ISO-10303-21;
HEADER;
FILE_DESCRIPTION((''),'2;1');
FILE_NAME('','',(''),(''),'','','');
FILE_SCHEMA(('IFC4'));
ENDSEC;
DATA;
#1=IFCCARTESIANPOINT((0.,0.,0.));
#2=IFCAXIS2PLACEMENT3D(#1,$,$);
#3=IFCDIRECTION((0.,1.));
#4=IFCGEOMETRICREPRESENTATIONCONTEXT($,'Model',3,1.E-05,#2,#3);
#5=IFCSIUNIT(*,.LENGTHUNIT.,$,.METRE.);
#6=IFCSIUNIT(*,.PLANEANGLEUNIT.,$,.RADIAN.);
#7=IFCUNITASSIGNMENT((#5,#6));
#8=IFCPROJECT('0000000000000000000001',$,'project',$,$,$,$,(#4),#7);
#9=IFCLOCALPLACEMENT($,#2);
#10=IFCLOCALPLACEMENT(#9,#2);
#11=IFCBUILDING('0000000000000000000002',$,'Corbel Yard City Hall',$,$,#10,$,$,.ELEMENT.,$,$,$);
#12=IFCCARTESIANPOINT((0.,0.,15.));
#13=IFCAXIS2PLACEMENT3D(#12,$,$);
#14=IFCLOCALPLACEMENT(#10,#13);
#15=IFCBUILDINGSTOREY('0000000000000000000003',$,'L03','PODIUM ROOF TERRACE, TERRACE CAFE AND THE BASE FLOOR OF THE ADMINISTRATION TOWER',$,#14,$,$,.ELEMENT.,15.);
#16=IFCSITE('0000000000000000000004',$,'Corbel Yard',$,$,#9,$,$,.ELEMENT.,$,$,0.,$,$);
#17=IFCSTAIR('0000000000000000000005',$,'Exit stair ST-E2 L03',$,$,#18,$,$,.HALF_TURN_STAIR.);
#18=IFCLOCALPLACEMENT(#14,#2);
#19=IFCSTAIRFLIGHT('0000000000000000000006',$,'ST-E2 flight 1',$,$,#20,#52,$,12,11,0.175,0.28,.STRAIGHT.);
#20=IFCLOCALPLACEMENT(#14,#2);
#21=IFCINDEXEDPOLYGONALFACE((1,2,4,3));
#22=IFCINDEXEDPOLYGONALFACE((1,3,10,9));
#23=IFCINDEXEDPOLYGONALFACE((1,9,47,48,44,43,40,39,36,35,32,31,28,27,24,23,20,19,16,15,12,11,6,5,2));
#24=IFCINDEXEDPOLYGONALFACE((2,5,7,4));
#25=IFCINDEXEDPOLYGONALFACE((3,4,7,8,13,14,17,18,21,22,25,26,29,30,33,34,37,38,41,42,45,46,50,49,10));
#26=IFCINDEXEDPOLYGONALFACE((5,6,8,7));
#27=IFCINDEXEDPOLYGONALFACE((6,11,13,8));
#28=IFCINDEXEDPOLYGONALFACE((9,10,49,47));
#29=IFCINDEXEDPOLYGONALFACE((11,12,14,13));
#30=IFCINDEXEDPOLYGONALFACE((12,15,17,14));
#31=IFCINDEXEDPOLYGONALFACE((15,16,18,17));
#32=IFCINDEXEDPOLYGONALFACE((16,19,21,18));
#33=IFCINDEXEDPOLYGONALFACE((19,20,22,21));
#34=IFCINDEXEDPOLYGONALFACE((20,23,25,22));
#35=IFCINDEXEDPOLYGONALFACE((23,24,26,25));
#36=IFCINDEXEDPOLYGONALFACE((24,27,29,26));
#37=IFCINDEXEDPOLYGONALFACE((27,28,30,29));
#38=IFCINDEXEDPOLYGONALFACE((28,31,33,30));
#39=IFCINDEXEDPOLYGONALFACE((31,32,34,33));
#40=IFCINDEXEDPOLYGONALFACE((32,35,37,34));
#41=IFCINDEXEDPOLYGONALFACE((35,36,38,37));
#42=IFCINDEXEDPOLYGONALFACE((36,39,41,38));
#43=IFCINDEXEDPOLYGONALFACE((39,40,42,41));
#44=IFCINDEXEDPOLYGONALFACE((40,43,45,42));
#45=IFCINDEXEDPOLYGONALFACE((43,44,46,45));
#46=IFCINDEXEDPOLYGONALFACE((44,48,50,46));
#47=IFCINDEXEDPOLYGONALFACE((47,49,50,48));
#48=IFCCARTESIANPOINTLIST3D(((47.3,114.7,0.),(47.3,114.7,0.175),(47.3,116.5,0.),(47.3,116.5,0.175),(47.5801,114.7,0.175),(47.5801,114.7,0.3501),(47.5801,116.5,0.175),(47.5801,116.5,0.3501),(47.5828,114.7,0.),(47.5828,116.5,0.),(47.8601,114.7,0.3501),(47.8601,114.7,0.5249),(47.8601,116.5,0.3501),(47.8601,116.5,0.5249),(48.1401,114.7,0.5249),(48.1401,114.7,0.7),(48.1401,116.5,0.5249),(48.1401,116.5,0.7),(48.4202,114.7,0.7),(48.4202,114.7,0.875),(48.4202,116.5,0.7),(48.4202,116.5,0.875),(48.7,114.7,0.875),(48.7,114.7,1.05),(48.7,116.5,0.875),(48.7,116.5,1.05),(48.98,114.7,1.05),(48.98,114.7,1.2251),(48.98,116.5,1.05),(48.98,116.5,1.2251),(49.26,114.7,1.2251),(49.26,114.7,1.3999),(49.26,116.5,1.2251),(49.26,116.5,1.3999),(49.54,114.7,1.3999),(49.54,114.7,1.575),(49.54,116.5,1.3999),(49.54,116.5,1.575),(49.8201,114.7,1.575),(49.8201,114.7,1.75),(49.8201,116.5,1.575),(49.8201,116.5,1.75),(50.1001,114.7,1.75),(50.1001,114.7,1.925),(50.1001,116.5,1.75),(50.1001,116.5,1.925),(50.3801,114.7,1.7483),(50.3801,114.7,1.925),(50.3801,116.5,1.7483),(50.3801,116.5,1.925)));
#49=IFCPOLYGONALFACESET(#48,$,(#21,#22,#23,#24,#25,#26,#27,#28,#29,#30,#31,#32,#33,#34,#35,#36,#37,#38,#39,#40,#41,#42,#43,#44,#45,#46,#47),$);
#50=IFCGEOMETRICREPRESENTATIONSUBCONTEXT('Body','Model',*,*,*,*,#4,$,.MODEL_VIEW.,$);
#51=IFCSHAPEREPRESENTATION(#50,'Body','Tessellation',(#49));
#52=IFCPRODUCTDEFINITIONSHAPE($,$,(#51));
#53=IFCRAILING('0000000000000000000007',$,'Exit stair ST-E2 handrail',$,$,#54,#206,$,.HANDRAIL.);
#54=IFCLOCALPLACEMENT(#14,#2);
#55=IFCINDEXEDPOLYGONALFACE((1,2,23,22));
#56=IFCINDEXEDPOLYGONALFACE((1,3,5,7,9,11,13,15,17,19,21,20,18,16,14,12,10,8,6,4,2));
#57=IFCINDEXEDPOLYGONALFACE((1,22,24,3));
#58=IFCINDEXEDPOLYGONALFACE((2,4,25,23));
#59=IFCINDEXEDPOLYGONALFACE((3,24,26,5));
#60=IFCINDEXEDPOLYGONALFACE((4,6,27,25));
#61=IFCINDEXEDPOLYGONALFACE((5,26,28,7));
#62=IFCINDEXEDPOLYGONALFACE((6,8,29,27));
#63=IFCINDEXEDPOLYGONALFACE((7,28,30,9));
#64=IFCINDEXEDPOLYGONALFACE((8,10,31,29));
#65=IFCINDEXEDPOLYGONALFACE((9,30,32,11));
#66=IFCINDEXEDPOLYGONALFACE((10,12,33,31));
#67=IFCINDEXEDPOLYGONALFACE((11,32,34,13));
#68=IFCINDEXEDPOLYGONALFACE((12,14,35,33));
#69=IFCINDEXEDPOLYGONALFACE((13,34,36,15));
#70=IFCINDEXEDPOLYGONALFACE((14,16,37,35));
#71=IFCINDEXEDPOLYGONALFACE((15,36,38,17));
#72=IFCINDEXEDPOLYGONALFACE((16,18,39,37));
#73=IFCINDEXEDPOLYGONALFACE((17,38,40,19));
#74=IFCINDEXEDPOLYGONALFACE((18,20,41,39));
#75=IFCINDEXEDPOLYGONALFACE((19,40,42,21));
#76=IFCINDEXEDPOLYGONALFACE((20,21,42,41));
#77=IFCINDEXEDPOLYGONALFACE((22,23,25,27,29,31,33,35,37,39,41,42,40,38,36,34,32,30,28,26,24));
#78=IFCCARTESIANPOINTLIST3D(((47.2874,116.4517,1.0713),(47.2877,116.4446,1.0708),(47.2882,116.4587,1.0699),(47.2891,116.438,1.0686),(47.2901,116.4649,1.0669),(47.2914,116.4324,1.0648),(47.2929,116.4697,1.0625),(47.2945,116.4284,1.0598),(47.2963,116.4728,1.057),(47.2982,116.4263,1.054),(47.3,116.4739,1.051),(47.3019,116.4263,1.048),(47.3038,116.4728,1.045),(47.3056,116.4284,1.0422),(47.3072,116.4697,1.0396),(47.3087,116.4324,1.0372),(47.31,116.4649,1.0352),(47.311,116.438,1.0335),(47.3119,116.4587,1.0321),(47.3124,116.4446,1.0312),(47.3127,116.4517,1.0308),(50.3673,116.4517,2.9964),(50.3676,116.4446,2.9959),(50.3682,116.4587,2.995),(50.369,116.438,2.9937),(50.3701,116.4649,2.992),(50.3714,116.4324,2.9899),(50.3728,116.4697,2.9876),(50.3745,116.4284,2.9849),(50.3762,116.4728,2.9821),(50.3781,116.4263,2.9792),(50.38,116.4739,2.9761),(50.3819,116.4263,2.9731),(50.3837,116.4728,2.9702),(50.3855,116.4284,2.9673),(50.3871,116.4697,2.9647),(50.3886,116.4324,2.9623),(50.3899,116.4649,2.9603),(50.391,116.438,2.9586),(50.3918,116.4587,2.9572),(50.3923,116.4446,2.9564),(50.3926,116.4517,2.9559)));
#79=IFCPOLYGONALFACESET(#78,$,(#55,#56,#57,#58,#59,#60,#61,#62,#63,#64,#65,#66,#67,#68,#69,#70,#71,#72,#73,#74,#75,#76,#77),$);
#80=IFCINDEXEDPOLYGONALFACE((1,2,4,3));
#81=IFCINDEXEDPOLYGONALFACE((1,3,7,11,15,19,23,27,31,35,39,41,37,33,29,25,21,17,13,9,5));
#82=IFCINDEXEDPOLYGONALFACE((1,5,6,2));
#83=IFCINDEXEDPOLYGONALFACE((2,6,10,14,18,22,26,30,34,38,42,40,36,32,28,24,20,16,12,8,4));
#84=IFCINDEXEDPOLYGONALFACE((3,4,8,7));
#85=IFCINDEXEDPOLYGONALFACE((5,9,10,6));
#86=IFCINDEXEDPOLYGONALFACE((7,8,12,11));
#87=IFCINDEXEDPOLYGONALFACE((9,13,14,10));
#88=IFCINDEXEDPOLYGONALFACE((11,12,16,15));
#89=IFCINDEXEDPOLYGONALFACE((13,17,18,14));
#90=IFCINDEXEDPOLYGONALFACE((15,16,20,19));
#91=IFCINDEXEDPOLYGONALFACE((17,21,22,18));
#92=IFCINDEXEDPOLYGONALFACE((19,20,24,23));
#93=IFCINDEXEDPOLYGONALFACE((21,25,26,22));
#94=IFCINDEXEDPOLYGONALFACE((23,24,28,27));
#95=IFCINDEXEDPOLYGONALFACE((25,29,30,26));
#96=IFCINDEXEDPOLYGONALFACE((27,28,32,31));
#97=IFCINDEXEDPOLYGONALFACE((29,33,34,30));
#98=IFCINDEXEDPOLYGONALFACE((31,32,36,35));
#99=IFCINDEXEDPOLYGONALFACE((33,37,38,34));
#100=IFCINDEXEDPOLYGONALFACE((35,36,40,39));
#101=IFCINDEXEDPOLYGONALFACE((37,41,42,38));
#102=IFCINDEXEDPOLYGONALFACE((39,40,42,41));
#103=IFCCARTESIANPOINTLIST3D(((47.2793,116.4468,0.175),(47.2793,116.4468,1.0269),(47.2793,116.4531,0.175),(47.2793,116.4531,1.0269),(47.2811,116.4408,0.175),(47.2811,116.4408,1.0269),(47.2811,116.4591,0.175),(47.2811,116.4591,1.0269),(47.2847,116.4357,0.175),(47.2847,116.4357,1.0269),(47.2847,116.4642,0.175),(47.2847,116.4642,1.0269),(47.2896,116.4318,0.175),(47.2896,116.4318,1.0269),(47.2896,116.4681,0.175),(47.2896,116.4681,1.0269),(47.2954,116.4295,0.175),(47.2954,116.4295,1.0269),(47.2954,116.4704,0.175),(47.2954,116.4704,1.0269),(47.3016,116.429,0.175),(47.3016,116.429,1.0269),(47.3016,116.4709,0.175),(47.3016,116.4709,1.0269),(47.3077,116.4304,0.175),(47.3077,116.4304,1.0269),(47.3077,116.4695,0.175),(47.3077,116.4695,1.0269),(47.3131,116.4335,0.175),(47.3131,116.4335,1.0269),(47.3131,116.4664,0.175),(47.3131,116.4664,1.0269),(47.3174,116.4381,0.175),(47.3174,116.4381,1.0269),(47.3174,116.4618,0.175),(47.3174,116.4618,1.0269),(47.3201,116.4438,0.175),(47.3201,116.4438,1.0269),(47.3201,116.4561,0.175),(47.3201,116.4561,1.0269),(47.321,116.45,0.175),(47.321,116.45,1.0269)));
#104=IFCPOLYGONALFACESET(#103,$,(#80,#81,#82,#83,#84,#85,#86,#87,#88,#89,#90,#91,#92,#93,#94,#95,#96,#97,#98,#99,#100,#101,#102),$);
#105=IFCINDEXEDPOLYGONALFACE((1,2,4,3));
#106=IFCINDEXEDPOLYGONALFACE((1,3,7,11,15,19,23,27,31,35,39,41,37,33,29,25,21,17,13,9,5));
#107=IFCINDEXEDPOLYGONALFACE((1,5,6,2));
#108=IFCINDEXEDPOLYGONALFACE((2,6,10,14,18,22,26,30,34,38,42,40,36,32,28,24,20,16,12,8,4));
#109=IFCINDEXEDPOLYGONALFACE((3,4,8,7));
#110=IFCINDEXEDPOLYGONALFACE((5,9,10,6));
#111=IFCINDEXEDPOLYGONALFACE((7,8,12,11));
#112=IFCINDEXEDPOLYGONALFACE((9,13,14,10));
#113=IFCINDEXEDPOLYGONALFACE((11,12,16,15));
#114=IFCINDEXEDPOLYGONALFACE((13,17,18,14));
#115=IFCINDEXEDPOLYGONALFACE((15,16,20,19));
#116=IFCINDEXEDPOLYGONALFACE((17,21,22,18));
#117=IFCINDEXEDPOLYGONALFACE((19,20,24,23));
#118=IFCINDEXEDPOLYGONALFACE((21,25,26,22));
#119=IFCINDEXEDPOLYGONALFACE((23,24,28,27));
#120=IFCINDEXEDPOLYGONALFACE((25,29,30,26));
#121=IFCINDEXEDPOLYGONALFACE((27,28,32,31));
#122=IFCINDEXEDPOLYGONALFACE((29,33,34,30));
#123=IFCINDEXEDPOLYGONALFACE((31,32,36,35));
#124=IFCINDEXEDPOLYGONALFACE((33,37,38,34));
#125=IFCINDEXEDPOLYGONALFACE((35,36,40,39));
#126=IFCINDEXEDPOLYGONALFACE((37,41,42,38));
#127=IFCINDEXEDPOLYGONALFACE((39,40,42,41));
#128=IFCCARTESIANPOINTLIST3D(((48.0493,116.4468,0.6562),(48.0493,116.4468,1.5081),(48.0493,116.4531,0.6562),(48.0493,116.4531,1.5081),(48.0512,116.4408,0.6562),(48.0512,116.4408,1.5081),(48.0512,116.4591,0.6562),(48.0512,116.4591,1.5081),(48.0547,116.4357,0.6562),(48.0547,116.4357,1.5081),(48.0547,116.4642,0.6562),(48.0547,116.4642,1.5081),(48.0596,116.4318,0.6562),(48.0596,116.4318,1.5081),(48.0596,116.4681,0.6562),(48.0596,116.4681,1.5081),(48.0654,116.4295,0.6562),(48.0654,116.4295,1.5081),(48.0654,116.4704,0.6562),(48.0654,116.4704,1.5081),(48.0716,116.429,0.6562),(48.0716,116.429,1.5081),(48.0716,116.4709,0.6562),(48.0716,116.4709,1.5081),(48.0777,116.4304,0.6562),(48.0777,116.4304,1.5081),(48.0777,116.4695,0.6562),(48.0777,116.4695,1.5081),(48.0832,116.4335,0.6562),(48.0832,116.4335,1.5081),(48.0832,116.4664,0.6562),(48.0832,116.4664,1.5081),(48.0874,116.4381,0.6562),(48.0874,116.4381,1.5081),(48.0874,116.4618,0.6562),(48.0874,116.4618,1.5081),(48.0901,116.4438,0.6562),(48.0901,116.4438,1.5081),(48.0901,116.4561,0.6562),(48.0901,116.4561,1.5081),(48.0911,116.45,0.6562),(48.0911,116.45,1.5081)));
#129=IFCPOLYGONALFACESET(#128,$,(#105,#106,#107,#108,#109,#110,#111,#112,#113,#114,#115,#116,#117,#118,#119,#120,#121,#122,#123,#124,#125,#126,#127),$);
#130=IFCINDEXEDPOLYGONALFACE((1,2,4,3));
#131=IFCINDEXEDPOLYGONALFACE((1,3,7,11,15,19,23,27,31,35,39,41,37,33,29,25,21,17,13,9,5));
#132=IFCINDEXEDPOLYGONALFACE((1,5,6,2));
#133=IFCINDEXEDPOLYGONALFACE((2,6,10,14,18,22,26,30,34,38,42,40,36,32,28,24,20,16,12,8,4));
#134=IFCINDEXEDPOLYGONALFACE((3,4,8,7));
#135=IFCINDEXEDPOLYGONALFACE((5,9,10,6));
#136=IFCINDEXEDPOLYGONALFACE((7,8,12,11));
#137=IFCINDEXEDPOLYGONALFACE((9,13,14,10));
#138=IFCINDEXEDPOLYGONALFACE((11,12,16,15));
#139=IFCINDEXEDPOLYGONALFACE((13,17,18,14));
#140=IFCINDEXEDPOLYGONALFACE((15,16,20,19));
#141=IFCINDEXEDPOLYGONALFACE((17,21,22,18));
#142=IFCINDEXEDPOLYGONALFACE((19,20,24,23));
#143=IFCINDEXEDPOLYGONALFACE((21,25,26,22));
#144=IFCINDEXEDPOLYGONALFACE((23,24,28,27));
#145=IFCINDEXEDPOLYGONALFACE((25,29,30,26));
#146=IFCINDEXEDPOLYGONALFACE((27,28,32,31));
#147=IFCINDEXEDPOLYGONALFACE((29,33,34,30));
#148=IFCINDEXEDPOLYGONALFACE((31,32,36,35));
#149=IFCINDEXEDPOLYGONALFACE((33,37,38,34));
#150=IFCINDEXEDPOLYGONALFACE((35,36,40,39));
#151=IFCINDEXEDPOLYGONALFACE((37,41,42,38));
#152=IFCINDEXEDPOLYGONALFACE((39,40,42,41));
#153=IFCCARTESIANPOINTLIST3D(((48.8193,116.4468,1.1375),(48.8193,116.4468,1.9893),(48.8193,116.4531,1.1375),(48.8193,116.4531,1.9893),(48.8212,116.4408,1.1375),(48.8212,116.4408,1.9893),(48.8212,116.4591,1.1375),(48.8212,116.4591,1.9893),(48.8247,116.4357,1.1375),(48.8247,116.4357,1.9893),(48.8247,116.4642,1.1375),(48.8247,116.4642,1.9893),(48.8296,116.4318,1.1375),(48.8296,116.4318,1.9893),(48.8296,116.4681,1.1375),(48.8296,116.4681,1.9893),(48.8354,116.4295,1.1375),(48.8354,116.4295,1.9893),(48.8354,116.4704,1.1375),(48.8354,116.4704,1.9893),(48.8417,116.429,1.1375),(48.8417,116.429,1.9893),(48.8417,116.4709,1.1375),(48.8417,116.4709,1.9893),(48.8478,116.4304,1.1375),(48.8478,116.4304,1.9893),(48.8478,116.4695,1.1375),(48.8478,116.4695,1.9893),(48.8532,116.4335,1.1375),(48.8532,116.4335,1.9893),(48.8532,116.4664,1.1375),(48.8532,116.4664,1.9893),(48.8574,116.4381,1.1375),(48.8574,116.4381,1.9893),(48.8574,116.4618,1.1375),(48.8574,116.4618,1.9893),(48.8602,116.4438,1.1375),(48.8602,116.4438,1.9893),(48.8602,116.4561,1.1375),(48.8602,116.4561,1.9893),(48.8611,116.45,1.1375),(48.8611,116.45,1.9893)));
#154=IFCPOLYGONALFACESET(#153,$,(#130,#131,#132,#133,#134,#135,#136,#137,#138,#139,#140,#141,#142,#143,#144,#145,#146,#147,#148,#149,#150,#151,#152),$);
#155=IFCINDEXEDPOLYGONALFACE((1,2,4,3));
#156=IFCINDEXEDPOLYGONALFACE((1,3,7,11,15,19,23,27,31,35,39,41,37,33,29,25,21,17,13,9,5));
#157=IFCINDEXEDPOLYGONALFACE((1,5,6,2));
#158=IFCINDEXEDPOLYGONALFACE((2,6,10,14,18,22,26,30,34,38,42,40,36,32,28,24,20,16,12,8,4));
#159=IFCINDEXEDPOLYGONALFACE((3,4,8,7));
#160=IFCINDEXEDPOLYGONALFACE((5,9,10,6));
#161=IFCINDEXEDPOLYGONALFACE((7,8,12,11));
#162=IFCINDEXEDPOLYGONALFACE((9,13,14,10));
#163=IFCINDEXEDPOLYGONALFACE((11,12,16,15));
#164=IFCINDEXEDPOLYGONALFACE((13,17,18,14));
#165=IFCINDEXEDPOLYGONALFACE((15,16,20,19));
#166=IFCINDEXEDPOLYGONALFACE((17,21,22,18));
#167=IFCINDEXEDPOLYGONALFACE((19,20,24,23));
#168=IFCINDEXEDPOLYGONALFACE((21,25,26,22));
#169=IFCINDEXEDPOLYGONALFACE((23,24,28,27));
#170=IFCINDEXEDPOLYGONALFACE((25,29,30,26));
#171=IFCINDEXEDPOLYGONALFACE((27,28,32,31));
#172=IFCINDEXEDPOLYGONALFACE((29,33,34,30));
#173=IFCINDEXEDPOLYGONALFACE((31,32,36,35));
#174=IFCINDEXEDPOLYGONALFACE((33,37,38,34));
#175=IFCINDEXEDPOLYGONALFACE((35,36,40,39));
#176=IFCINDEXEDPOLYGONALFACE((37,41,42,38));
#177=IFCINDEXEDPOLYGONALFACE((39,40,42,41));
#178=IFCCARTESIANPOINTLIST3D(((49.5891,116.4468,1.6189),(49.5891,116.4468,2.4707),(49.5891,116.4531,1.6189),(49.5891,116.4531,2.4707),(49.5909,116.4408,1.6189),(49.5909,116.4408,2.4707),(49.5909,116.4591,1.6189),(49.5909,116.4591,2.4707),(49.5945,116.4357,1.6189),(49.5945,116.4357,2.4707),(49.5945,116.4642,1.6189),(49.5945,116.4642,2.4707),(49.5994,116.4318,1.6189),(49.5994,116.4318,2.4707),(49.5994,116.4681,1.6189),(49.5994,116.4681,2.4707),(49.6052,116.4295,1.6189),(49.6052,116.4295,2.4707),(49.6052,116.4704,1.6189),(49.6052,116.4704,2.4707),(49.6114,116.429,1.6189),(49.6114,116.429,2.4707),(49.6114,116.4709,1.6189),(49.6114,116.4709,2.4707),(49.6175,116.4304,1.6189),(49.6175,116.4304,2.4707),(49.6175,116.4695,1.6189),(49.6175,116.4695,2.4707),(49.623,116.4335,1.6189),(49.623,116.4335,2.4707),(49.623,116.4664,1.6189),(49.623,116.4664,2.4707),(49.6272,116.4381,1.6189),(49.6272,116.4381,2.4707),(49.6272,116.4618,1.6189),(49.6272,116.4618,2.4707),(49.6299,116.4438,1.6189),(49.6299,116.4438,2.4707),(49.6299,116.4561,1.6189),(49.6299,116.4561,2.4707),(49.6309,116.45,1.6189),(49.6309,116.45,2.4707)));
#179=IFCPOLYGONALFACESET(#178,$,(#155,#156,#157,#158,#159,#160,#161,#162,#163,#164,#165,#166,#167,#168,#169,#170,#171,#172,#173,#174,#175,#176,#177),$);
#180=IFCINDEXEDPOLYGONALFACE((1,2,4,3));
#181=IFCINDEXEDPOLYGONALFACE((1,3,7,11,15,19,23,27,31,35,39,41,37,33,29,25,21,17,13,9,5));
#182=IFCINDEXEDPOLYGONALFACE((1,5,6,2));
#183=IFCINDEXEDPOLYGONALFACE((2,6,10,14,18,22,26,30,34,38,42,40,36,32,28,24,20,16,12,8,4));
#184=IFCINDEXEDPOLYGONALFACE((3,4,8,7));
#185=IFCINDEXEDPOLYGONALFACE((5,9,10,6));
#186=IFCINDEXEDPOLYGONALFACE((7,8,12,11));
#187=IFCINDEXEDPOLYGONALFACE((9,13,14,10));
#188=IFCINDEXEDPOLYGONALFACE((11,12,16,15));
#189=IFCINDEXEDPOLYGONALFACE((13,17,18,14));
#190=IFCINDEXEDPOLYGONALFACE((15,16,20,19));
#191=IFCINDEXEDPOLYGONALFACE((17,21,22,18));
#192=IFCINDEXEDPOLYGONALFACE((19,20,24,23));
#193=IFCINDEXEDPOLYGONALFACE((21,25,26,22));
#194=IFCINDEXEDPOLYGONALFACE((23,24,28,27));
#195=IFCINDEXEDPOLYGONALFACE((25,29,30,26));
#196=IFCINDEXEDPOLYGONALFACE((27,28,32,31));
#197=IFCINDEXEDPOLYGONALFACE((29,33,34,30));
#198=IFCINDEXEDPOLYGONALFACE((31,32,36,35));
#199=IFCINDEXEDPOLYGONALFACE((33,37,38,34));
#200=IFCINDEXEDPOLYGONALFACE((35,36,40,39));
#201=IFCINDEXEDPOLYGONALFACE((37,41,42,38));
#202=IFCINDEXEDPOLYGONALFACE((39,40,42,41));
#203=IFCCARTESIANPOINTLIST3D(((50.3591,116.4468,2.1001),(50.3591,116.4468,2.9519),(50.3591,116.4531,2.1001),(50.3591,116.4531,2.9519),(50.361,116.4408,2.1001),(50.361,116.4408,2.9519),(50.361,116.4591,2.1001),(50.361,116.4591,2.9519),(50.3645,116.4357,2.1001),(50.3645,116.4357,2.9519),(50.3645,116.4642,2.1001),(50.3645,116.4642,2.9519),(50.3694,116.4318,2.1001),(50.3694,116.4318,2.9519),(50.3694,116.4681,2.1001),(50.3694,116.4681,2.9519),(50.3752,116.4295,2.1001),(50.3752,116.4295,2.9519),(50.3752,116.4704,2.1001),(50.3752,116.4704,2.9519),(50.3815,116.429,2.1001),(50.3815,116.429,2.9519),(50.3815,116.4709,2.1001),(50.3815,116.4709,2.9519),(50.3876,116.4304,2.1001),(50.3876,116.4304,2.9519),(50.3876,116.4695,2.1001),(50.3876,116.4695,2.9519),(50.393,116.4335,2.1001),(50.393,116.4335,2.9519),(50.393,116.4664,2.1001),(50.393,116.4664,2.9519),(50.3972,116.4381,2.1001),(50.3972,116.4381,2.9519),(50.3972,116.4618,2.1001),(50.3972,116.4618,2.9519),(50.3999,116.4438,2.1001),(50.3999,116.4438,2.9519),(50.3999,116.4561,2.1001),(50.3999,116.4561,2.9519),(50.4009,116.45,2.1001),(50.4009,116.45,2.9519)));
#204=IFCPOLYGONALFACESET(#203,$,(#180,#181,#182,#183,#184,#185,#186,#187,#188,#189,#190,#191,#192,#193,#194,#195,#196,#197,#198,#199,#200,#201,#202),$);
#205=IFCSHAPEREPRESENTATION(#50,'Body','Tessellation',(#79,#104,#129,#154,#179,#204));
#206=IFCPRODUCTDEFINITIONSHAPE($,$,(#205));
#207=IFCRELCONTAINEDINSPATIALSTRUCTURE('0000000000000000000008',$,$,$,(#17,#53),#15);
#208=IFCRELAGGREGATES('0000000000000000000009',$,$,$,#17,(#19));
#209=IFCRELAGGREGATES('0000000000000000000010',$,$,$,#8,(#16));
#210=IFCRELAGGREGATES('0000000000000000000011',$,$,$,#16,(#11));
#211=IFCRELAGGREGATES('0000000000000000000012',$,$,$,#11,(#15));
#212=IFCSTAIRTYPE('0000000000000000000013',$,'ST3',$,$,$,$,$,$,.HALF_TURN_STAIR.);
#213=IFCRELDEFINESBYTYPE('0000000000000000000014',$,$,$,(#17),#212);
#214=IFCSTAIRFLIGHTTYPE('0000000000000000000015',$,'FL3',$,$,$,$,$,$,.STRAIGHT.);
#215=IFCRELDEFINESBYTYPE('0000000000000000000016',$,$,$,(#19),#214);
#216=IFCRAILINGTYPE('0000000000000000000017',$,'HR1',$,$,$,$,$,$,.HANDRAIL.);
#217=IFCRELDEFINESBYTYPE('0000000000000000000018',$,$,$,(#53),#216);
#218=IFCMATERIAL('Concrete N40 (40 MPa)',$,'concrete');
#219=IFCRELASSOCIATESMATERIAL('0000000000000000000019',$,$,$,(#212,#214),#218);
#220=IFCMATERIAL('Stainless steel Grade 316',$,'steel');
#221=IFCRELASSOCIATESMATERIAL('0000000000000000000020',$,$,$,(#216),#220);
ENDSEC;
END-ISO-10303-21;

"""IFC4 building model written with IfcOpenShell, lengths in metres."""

from ifc_helpers import new_model, si_unit, direction, frame, origin, origin_2d, place, context, subcontext, project, spatial, polyline, circle, outline, extrude, material, type_object, element, aggregate, save


model = new_model("IFC4")

# Units and contexts
model_context = context("Model", 3, precision=1e-05, world=origin(), true_north=direction((0.0, 1.0)))
body_context = subcontext(model_context, "Body", "Model", "MODEL_VIEW")
ifc_project = project(units=[si_unit("LENGTHUNIT", "METRE"), si_unit("PLANEANGLEUNIT", "RADIAN")], contexts=[model_context])

# Site, building, storey
site_placement = place(None, origin())
site = spatial("IfcSite", under=ifc_project, at=site_placement, Name="Corbel Yard", CompositionType="ELEMENT", RefElevation=0.0)
building_placement = place(site_placement, origin())
building = spatial("IfcBuilding", under=site, at=building_placement, Name="Corbel Yard City Hall", CompositionType="ELEMENT")
storey_placement = place(building_placement, frame((0.0, 0.0, 15.0)))
storey = spatial("IfcBuildingStorey", under=building, at=storey_placement, Name="L03", Description="PODIUM ROOF TERRACE, TERRACE CAFE AND THE BASE FLOOR OF THE ADMINISTRATION TOWER", CompositionType="ELEMENT", Elevation=15.0)

# Shared definitions
ifc_material_1 = material(Name="Concrete N40 (40 MPa)", Category="concrete")

# Shared definitions
ifc_material_2 = material(Name="Stainless steel Grade 316", Category="steel")

# Stair, stair flight
stair_type = type_object("IfcStairType", Name="ST3", PredefinedType="HALF_TURN_STAIR", material=ifc_material_1)
stair_placement = place(storey_placement, origin())
stair = element("IfcStair", 1, at=stair_placement, inside=storey, type_object=stair_type, Name="Exit stair ST-E2 L03", PredefinedType="HALF_TURN_STAIR")
stair_flight_type = type_object("IfcStairFlightType", Name="FL3", PredefinedType="STRAIGHT", material=ifc_material_1)
stair_flight_placement = place(storey_placement, frame((47.3, 115.6001, 0.0), z_axis=(0.0, 0.0, 1.0), x_axis=(1.0, 0.0, 0.0)))
stair_flight = element("IfcStairFlight", 2, at=stair_flight_placement, type_object=stair_flight_type, Name="ST-E2 flight 1", NumberOfRisers=12, NumberOfTreads=11, PredefinedType="STRAIGHT", RiserHeight=0.175, TreadLength=0.28, context=body_context, shape_type="SweptSolid", body=[
    extrude(outline(polyline([(0.0, 0.0), (0.0, 0.175), (0.28, 0.175), (0.28, 0.3501), (0.5601, 0.3501), (0.5601, 0.5249), (0.8401, 0.5249), (0.8401, 0.7), (1.1201, 0.7), (1.1201, 0.875), (1.3999, 0.875), (1.3999, 1.05), (1.6799, 1.05), (1.6799, 1.2251), (1.96, 1.2251), (1.96, 1.3999), (2.24, 1.3999), (2.24, 1.575), (2.52, 1.575), (2.52, 1.75), (2.8, 1.75), (2.8, 1.925), (3.0801, 1.925), (3.0801, 2.1001), (3.0801, 1.7483), (0.2827, 0.0), (0.0, 0.0)])), frame((0.0, 0.8999, 0.0), z_axis=(0.0, -1.0, 0.0), x_axis=(1.0, 0.0, 0.0)), (0.0, 0.0, 1.0), 1.8),
])
aggregate(stair, [stair_flight])

# Railing
railing_type = type_object("IfcRailingType", Name="HR1", PredefinedType="HANDRAIL", material=ifc_material_2)
for number, where, name in (
    (3, (47.3, 116.45, 0.175), "Exit stair ST-E2 handrail"),
):
    element("IfcRailing", number, at=place(storey_placement, frame(where)), inside=storey, type_object=railing_type, Name=name, PredefinedType="HANDRAIL", context=body_context, shape_type="SweptSolid", body=[
        extrude(circle(Radius=0.0239, at=origin_2d()), frame((0.0, 0.0, 0.876), z_axis=(0.847979, 0.0, 0.530029), x_axis=(0.0, 1.0, 0.0)), (0.0, 0.0, 1.0), 3.6321),
        extrude(circle(Radius=0.021, at=origin_2d()), origin(), (0.0, 0.0, 1.0), 0.8518),
        extrude(circle(Radius=0.021, at=origin_2d()), frame((0.77, 0.0, 0.4812)), (0.0, 0.0, 1.0), 0.8518),
        extrude(circle(Radius=0.021, at=origin_2d()), frame((1.54, 0.0, 0.9624)), (0.0, 0.0, 1.0), 0.8518),
        extrude(circle(Radius=0.021, at=origin_2d()), frame((2.3098, 0.0, 1.4438)), (0.0, 0.0, 1.0), 0.8518),
        extrude(circle(Radius=0.021, at=origin_2d()), frame((3.0798, 0.0, 1.925)), (0.0, 0.0, 1.0), 0.8518),
    ])

save(model, "model.ifc")
